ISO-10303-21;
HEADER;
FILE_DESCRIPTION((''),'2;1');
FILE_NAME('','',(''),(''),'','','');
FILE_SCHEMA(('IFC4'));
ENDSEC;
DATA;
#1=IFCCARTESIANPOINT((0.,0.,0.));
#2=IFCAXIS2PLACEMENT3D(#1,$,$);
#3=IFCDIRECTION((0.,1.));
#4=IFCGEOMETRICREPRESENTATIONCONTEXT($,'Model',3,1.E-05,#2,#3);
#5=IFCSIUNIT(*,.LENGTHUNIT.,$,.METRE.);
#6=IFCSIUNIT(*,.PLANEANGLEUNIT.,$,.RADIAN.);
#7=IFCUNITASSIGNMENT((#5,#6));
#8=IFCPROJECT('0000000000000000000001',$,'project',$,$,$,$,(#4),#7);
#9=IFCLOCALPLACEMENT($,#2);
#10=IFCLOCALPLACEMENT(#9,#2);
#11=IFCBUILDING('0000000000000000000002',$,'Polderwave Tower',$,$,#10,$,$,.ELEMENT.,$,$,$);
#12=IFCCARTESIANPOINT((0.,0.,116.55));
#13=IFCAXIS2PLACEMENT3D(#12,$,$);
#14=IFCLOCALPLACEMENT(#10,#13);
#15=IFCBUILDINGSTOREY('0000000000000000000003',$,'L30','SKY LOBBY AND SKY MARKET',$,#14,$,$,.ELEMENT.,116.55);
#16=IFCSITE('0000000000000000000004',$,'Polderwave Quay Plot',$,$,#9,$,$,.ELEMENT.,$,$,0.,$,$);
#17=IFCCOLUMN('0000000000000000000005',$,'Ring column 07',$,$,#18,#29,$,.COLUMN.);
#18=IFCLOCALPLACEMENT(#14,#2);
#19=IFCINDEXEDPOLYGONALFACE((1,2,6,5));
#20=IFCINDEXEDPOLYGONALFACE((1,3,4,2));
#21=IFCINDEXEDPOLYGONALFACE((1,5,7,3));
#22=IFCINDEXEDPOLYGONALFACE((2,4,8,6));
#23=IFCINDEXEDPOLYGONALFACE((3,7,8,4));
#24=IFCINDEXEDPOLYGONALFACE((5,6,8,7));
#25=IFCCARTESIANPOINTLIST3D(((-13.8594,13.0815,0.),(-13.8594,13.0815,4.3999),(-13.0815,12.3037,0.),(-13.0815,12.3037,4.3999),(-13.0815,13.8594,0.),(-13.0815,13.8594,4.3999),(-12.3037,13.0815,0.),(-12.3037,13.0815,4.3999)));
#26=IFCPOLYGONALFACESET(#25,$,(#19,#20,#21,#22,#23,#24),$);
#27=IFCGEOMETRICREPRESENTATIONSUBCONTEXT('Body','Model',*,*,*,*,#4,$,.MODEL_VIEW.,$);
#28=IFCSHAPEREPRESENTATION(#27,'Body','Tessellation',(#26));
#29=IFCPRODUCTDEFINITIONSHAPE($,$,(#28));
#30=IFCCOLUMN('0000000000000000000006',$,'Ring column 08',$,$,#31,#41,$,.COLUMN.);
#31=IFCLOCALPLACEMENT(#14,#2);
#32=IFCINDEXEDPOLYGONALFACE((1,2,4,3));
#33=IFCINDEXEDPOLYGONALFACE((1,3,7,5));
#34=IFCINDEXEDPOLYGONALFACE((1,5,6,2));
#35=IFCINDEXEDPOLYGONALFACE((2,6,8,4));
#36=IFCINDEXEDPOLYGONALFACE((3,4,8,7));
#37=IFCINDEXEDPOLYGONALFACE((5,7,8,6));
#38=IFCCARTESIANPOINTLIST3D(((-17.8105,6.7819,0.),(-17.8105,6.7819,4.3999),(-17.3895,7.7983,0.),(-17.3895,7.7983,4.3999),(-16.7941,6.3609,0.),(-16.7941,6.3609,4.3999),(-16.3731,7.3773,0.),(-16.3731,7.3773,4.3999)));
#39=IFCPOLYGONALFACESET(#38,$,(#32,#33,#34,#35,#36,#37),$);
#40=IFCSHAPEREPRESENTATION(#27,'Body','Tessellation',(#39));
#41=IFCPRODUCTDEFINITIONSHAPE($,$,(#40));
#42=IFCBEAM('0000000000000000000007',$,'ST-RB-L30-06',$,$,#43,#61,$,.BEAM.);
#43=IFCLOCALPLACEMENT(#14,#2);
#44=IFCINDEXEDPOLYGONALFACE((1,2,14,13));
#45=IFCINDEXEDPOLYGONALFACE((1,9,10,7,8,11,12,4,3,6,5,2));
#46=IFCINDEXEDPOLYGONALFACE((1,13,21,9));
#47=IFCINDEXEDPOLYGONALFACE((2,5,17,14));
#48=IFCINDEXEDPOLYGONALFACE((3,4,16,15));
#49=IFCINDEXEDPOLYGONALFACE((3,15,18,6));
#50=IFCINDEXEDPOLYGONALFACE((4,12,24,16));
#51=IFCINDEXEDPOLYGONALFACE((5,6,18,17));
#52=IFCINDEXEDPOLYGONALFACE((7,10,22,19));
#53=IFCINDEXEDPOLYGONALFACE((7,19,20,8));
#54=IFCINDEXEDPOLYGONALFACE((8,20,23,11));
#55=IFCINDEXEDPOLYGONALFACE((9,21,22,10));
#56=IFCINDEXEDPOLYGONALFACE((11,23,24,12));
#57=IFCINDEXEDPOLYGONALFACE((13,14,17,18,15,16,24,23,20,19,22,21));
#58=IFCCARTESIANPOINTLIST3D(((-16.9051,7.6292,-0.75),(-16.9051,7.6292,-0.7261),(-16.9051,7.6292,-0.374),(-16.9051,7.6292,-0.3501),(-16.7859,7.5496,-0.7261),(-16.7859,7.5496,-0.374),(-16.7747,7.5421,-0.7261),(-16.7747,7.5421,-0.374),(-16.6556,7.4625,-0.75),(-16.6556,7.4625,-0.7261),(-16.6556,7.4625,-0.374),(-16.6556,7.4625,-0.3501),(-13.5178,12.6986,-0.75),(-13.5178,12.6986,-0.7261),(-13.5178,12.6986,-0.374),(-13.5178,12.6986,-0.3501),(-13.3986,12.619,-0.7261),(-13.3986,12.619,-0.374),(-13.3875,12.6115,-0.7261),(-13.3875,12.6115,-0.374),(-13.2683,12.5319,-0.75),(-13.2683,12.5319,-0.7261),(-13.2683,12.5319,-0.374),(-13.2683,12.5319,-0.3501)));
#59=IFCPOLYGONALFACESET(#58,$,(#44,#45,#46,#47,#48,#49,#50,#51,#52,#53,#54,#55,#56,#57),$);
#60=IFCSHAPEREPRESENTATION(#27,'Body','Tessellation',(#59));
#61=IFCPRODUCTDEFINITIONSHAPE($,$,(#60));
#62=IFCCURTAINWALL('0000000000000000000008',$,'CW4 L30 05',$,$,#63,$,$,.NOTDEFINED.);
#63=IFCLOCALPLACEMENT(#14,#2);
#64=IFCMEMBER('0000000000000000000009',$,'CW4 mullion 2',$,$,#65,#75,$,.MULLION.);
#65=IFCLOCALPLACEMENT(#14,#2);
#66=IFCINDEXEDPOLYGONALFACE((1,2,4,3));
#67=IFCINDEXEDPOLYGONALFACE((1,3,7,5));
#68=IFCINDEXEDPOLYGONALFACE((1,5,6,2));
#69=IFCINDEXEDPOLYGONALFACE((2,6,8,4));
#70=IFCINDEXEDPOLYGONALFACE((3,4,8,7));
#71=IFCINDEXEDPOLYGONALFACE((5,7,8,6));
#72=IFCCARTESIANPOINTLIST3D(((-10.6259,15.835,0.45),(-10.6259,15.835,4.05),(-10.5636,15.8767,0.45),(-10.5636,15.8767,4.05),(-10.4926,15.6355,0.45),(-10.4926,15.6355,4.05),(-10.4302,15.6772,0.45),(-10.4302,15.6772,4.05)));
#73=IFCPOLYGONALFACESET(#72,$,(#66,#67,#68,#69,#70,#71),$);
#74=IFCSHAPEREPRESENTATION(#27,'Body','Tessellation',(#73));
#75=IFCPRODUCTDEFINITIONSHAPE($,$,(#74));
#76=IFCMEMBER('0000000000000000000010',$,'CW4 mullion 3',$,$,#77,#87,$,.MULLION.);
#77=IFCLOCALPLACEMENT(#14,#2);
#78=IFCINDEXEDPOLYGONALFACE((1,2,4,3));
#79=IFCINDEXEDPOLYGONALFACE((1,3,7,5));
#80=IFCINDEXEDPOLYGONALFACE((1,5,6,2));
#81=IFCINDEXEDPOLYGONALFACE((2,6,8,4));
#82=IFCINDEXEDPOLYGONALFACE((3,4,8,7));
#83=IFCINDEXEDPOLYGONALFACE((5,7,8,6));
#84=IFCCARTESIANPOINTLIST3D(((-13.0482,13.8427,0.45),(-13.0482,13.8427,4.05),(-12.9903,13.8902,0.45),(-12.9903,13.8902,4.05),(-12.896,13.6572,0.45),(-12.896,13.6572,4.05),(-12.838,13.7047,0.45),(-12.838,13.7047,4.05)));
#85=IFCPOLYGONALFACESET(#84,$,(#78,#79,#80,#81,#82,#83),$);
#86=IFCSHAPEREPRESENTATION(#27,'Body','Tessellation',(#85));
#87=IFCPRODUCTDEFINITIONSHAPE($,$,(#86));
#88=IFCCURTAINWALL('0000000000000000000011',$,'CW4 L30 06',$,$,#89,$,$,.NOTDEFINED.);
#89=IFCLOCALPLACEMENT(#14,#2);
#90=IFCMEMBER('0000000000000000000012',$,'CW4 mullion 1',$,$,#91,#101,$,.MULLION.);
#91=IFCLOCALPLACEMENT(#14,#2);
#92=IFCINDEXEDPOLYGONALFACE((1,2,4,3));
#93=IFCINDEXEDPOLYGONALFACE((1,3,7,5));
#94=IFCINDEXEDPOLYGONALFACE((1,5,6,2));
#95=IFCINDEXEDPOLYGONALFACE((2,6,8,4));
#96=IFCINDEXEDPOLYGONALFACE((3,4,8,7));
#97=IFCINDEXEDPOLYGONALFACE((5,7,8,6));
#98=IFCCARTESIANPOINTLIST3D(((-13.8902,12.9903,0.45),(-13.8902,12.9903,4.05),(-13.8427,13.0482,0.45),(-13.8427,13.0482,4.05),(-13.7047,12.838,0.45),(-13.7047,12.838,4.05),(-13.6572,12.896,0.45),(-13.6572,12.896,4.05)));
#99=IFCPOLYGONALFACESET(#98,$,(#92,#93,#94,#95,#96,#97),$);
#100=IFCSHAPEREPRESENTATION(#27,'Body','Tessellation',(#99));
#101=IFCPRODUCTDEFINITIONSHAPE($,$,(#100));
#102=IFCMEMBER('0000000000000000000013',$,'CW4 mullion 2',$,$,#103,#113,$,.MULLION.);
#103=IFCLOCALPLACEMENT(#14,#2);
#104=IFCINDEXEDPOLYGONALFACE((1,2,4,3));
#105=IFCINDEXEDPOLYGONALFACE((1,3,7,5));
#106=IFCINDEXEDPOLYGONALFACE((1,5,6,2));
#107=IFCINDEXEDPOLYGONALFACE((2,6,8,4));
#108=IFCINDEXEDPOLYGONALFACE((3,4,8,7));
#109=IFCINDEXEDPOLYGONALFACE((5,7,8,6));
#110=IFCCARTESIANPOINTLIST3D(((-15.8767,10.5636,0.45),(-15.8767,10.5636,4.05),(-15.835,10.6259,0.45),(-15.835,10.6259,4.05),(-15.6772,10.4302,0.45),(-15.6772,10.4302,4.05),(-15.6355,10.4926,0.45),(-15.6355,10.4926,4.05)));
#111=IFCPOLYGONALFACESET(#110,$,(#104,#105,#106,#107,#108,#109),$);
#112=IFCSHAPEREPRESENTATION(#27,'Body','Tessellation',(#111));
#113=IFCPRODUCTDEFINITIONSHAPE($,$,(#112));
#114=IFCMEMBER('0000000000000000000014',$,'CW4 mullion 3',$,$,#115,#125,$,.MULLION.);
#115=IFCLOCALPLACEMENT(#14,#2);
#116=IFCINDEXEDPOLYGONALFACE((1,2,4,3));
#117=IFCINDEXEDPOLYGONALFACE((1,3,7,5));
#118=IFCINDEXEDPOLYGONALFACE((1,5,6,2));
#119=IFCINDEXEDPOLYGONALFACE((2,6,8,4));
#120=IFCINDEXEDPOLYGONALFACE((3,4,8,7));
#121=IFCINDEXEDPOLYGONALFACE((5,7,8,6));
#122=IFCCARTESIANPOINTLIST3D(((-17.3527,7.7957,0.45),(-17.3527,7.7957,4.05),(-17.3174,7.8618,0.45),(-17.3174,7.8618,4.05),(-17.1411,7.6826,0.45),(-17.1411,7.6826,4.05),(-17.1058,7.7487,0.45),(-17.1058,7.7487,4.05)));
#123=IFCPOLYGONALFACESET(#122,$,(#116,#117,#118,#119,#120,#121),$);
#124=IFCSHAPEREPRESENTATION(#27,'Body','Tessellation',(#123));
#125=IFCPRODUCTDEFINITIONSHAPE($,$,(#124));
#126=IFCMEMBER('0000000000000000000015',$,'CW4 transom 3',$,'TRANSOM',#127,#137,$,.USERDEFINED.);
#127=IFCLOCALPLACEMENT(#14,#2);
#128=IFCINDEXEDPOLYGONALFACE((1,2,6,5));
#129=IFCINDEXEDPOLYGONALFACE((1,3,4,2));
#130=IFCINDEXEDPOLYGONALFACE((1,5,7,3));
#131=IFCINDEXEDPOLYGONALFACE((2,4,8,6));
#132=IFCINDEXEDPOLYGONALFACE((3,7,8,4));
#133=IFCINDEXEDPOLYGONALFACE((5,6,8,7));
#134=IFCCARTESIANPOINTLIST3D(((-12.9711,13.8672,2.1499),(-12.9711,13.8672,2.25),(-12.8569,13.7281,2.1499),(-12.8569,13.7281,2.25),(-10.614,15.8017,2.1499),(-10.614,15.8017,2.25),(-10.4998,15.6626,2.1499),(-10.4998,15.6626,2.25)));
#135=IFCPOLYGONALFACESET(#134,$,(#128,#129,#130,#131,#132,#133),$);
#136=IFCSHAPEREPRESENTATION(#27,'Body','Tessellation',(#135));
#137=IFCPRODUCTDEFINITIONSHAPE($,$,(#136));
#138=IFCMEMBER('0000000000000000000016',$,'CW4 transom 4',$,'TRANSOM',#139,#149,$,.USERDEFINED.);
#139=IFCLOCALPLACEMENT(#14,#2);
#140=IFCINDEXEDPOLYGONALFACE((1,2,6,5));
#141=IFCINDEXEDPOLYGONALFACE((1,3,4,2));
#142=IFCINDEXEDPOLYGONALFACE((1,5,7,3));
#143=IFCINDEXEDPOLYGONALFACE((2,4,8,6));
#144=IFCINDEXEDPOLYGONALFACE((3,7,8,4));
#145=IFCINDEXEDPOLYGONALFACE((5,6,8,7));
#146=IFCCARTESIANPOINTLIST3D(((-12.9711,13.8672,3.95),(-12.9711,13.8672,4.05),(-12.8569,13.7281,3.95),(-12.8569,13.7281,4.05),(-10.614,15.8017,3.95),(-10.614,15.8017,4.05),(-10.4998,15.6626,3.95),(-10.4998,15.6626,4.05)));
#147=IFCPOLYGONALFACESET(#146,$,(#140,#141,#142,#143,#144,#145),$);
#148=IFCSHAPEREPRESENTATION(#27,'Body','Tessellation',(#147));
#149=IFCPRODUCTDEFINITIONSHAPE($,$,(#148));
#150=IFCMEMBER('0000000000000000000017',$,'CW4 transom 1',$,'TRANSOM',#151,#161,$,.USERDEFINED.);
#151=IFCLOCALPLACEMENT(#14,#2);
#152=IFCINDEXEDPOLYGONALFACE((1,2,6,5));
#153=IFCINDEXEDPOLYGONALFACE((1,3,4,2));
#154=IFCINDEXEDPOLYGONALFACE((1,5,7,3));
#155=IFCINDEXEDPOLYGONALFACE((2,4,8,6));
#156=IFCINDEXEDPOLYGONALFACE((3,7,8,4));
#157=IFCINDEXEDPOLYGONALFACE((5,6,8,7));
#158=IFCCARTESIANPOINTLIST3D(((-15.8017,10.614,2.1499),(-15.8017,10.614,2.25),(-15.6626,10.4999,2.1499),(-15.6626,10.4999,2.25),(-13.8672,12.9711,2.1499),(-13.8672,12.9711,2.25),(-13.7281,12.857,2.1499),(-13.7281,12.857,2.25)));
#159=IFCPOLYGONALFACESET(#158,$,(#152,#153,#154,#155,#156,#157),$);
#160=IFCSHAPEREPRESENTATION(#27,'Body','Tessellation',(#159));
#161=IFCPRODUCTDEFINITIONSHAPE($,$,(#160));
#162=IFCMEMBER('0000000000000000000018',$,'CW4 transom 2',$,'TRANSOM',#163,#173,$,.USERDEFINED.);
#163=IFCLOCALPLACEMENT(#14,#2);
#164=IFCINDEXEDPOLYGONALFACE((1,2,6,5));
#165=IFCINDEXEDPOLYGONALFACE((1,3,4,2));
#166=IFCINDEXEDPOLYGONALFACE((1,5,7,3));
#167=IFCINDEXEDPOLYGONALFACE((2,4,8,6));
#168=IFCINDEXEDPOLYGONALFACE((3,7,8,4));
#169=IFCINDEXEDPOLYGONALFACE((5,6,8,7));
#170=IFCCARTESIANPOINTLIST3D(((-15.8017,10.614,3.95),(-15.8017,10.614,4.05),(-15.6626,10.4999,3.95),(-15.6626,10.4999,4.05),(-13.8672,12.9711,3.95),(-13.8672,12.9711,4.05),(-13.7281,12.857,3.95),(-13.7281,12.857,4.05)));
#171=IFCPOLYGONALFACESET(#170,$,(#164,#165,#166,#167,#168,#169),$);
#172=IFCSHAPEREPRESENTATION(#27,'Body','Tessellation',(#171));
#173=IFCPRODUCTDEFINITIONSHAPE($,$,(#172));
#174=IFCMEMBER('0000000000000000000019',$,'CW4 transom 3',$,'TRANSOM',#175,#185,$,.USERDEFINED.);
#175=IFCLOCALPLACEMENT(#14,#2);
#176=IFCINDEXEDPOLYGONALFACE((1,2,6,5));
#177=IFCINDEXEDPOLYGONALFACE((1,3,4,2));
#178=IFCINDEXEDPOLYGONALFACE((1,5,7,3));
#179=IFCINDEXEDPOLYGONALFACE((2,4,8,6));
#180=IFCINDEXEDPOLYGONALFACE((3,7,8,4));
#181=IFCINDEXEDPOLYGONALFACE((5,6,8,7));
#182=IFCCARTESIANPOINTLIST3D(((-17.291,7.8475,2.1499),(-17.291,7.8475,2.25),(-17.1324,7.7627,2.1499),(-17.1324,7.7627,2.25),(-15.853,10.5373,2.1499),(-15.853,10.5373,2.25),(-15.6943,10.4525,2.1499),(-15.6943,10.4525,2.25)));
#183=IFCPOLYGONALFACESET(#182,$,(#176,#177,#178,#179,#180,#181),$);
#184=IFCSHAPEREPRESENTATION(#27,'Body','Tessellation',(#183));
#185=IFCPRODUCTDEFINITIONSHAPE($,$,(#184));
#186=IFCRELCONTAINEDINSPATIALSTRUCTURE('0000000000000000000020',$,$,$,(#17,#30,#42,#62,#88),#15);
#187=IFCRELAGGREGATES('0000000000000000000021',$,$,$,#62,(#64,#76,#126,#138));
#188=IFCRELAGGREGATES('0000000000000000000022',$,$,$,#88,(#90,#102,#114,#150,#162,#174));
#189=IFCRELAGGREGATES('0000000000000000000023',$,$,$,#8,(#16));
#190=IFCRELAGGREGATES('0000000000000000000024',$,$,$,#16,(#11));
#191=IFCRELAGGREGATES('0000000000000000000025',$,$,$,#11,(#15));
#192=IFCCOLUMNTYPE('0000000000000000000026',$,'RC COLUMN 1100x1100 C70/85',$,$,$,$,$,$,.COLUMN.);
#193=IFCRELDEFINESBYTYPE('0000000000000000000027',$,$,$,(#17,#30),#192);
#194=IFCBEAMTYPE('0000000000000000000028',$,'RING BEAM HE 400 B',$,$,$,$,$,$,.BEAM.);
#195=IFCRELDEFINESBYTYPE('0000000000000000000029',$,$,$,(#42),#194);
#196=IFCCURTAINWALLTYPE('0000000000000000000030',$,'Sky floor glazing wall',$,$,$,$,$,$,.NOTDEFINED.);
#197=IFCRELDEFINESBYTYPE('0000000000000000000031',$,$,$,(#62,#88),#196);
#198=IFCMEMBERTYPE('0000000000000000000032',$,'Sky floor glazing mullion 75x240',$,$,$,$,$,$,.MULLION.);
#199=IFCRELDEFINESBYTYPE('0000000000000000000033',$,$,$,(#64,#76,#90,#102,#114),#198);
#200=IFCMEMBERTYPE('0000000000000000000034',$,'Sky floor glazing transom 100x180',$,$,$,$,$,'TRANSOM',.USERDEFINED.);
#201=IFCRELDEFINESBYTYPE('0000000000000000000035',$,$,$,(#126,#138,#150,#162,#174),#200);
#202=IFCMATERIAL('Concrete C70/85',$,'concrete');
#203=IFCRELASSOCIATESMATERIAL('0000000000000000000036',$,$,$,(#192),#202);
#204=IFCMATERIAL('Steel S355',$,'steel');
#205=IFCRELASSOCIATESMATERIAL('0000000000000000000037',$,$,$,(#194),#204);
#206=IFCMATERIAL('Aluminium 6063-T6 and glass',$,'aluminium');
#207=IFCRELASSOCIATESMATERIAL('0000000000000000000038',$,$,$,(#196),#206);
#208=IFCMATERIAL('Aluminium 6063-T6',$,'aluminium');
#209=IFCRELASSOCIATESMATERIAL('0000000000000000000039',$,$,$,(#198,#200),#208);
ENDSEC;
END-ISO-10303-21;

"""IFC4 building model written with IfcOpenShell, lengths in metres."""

from ifc_helpers import new_model, si_unit, direction, frame, origin, origin_2d, place, context, subcontext, project, spatial, rectangle, i_section, extrude, material, material_profile, profile_set, type_object, element, aggregate, save


model = new_model("IFC4")

# Units and contexts
model_context = context("Model", 3, precision=1e-05, world=origin(), true_north=direction((0.0, 1.0)))
body_context = subcontext(model_context, "Body", "Model", "MODEL_VIEW")
ifc_project = project(units=[si_unit("LENGTHUNIT", "METRE"), si_unit("PLANEANGLEUNIT", "RADIAN")], contexts=[model_context])

# Site, building, storey
site_placement = place(None, origin())
site = spatial("IfcSite", under=ifc_project, at=site_placement, Name="Polderwave Quay Plot", CompositionType="ELEMENT", RefElevation=0.0)
building_placement = place(site_placement, origin())
building = spatial("IfcBuilding", under=site, at=building_placement, Name="Polderwave Tower", CompositionType="ELEMENT")
storey_placement = place(building_placement, frame((0.0, 0.0, 116.55)))
storey = spatial("IfcBuildingStorey", under=building, at=storey_placement, Name="L30", Description="SKY LOBBY AND SKY MARKET", CompositionType="ELEMENT", Elevation=116.55)

# Columns
ifc_material_1 = material(Name="Concrete C70/85", Category="concrete")
ifc_material_profile_1 = material_profile(ifc_material_1, rectangle(XDim=1.1001, YDim=1.1001, at=origin_2d()), Name="RC 1100x1100")
ifc_profile_set_1 = profile_set([ifc_material_profile_1], Name="Concrete C70/85")
column_type = type_object("IfcColumnType", Name="RC COLUMN 1100x1100 C70/85", PredefinedType="COLUMN", material=ifc_profile_set_1)
for number, where, z_axis, x_axis, name in (
    (1, (-13.0815, 13.0815, 0.0), (0.0, 0.0, 1.0), (-0.707107, 0.707107, 0.0), "Ring column 07"),
    (2, (-17.0918, 7.0796, 0.0), (0.0, 0.0, 1.0), (-0.92388, 0.382683, 0.0), "Ring column 08"),
):
    element("IfcColumn", number, at=place(storey_placement, frame(where, z_axis=z_axis, x_axis=x_axis)), inside=storey, type_object=column_type, Name=name, PredefinedType="COLUMN", context=body_context, shape_type="SweptSolid", body=[
        extrude(rectangle(XDim=1.1001, YDim=1.1001, at=origin_2d()), origin(), (0.0, 0.0, 1.0), 4.3999),
    ])

# Beam
ifc_material_2 = material(Name="Steel S355", Category="steel")
ifc_material_profile_2 = material_profile(ifc_material_2, i_section(OverallWidth=0.3, OverallDepth=0.3999, WebThickness=0.0134, FlangeThickness=0.0239, at=origin_2d()), Name="HE 400 B")
ifc_profile_set_2 = profile_set([ifc_material_profile_2], Name="Steel S355")
beam_type = type_object("IfcBeamType", Name="RING BEAM HE 400 B", PredefinedType="BEAM", material=ifc_profile_set_2)
beam_placement = place(storey_placement, frame((-13.3931, 12.6152, -0.55), z_axis=(-0.555569, -0.831471, 0.0), x_axis=(0.831471, -0.555569, 0.0)))
element("IfcBeam", 3, at=beam_placement, inside=storey, type_object=beam_type, Name="ST-RB-L30-06", PredefinedType="BEAM", context=body_context, shape_type="SweptSolid", body=[
    extrude(i_section(OverallWidth=0.3, OverallDepth=0.3999, WebThickness=0.0134, FlangeThickness=0.0239, at=origin_2d()), origin(), (0.0, 0.0, 1.0), 6.0969),
])

# Curtain walls, members
ifc_material_3 = material(Name="Aluminium 6063-T6 and glass", Category="aluminium")
curtain_wall_type = type_object("IfcCurtainWallType", Name="Sky floor glazing wall", PredefinedType="NOTDEFINED", material=ifc_material_3)
curtain_wall_1_placement = place(storey_placement, origin())
curtain_wall_1 = element("IfcCurtainWall", 4, at=curtain_wall_1_placement, inside=storey, type_object=curtain_wall_type, Name="CW4 L30 05", PredefinedType="NOTDEFINED")
ifc_material_4 = material(Name="Aluminium 6063-T6", Category="aluminium")
ifc_material_profile_3 = material_profile(ifc_material_4, rectangle(XDim=0.24, YDim=0.075, at=origin_2d()), Name="AL 75x240")
ifc_profile_set_3 = profile_set([ifc_material_profile_3], Name="Aluminium 6063-T6")
member_type_1 = type_object("IfcMemberType", Name="Sky floor glazing mullion 75x240", PredefinedType="MULLION", material=ifc_profile_set_3)
member_1_placement = place(storey_placement, frame((-10.5281, 15.7561, 0.45), z_axis=(0.0, 0.0, 1.0), x_axis=(0.555625, -0.831433, 0.0)))
member_1 = element("IfcMember", 5, at=member_1_placement, type_object=member_type_1, Name="CW4 mullion 2", PredefinedType="MULLION", context=body_context, shape_type="SweptSolid", body=[
    extrude(rectangle(XDim=0.24, YDim=0.075, at=origin_2d()), origin(), (0.0, 0.0, 1.0), 3.6001),
])
member_2_placement = place(storey_placement, frame((-12.9431, 13.7737, 0.45), z_axis=(0.0, 0.0, 1.0), x_axis=(0.634443, -0.772969, 0.0)))
member_2 = element("IfcMember", 6, at=member_2_placement, type_object=member_type_1, Name="CW4 mullion 3", PredefinedType="MULLION", context=body_context, shape_type="SweptSolid", body=[
    extrude(rectangle(XDim=0.24, YDim=0.075, at=origin_2d()), origin(), (0.0, 0.0, 1.0), 3.6001),
])
curtain_wall_2_placement = place(storey_placement, origin())
curtain_wall_2 = element("IfcCurtainWall", 7, at=curtain_wall_2_placement, inside=storey, type_object=curtain_wall_type, Name="CW4 L30 06", PredefinedType="NOTDEFINED")
member_3_placement = place(storey_placement, frame((-13.7737, 12.9431, 0.45), z_axis=(0.0, 0.0, 1.0), x_axis=(0.772969, -0.634443, 0.0)))
member_3 = element("IfcMember", 8, at=member_3_placement, type_object=member_type_1, Name="CW4 mullion 1", PredefinedType="MULLION", context=body_context, shape_type="SweptSolid", body=[
    extrude(rectangle(XDim=0.24, YDim=0.075, at=origin_2d()), origin(), (0.0, 0.0, 1.0), 3.6001),
])
member_4_placement = place(storey_placement, frame((-15.7561, 10.5281, 0.45), z_axis=(0.0, 0.0, 1.0), x_axis=(0.831433, -0.555625, 0.0)))
member_4 = element("IfcMember", 9, at=member_4_placement, type_object=member_type_1, Name="CW4 mullion 2", PredefinedType="MULLION", context=body_context, shape_type="SweptSolid", body=[
    extrude(rectangle(XDim=0.24, YDim=0.075, at=origin_2d()), origin(), (0.0, 0.0, 1.0), 3.6001),
])
member_5_placement = place(storey_placement, frame((-17.2292, 7.7722, 0.45), z_axis=(0.0, 0.0, 1.0), x_axis=(0.881888, -0.471458, 0.0)))
member_5 = element("IfcMember", 10, at=member_5_placement, type_object=member_type_1, Name="CW4 mullion 3", PredefinedType="MULLION", context=body_context, shape_type="SweptSolid", body=[
    extrude(rectangle(XDim=0.24, YDim=0.075, at=origin_2d()), origin(), (0.0, 0.0, 1.0), 3.6001),
])

# Members
ifc_material_profile_4 = material_profile(ifc_material_4, rectangle(XDim=0.1799, YDim=0.1001, at=origin_2d()), Name="AL 100x180")
ifc_profile_set_4 = profile_set([ifc_material_profile_4], Name="Aluminium 6063-T6")
member_type_2 = type_object("IfcMemberType", Name="Sky floor glazing transom 100x180", ElementType="TRANSOM", PredefinedType="USERDEFINED", material=ifc_profile_set_4)
member_6_placement = place(storey_placement, frame((-10.5569, 15.7322, 2.2), z_axis=(-0.772997, -0.63441, 0.0), x_axis=(0.63441, -0.772997, 0.0)))
member_6 = element("IfcMember", 11, at=member_6_placement, type_object=member_type_2, Name="CW4 transom 3", ObjectType="TRANSOM", PredefinedType="USERDEFINED", context=body_context, shape_type="SweptSolid", body=[
    extrude(rectangle(XDim=0.1799, YDim=0.1001, at=origin_2d()), origin(), (0.0, 0.0, 1.0), 3.0493),
])
member_7_placement = place(storey_placement, frame((-10.5569, 15.7322, 4.0), z_axis=(-0.772997, -0.63441, 0.0), x_axis=(0.63441, -0.772997, 0.0)))
member_7 = element("IfcMember", 12, at=member_7_placement, type_object=member_type_2, Name="CW4 transom 4", ObjectType="TRANSOM", PredefinedType="USERDEFINED", context=body_context, shape_type="SweptSolid", body=[
    extrude(rectangle(XDim=0.1799, YDim=0.1001, at=origin_2d()), origin(), (0.0, 0.0, 1.0), 3.0493),
])
member_8_placement = place(storey_placement, frame((-13.7976, 12.9141, 2.2), z_axis=(-0.63441, -0.772997, 0.0), x_axis=(0.772997, -0.63441, 0.0)))
member_8 = element("IfcMember", 13, at=member_8_placement, type_object=member_type_2, Name="CW4 transom 1", ObjectType="TRANSOM", PredefinedType="USERDEFINED", context=body_context, shape_type="SweptSolid", body=[
    extrude(rectangle(XDim=0.1799, YDim=0.1001, at=origin_2d()), origin(), (0.0, 0.0, 1.0), 3.0493),
])
member_9_placement = place(storey_placement, frame((-13.7976, 12.9141, 4.0), z_axis=(-0.63441, -0.772997, 0.0), x_axis=(0.772997, -0.63441, 0.0)))
member_9 = element("IfcMember", 14, at=member_9_placement, type_object=member_type_2, Name="CW4 transom 2", ObjectType="TRANSOM", PredefinedType="USERDEFINED", context=body_context, shape_type="SweptSolid", body=[
    extrude(rectangle(XDim=0.1799, YDim=0.1001, at=origin_2d()), origin(), (0.0, 0.0, 1.0), 3.0493),
])
member_10_placement = place(storey_placement, frame((-15.7737, 10.4949, 2.2), z_axis=(-0.471477, -0.881878, 0.0), x_axis=(0.881878, -0.471477, 0.0)))
member_10 = element("IfcMember", 15, at=member_10_placement, type_object=member_type_2, Name="CW4 transom 3", ObjectType="TRANSOM", PredefinedType="USERDEFINED", context=body_context, shape_type="SweptSolid", body=[
    extrude(rectangle(XDim=0.1799, YDim=0.1001, at=origin_2d()), origin(), (0.0, 0.0, 1.0), 3.05),
])

aggregate(curtain_wall_1, [member_1, member_2, member_6, member_7])
aggregate(curtain_wall_2, [member_3, member_4, member_5, member_8, member_9, member_10])

save(model, "model.ifc")
